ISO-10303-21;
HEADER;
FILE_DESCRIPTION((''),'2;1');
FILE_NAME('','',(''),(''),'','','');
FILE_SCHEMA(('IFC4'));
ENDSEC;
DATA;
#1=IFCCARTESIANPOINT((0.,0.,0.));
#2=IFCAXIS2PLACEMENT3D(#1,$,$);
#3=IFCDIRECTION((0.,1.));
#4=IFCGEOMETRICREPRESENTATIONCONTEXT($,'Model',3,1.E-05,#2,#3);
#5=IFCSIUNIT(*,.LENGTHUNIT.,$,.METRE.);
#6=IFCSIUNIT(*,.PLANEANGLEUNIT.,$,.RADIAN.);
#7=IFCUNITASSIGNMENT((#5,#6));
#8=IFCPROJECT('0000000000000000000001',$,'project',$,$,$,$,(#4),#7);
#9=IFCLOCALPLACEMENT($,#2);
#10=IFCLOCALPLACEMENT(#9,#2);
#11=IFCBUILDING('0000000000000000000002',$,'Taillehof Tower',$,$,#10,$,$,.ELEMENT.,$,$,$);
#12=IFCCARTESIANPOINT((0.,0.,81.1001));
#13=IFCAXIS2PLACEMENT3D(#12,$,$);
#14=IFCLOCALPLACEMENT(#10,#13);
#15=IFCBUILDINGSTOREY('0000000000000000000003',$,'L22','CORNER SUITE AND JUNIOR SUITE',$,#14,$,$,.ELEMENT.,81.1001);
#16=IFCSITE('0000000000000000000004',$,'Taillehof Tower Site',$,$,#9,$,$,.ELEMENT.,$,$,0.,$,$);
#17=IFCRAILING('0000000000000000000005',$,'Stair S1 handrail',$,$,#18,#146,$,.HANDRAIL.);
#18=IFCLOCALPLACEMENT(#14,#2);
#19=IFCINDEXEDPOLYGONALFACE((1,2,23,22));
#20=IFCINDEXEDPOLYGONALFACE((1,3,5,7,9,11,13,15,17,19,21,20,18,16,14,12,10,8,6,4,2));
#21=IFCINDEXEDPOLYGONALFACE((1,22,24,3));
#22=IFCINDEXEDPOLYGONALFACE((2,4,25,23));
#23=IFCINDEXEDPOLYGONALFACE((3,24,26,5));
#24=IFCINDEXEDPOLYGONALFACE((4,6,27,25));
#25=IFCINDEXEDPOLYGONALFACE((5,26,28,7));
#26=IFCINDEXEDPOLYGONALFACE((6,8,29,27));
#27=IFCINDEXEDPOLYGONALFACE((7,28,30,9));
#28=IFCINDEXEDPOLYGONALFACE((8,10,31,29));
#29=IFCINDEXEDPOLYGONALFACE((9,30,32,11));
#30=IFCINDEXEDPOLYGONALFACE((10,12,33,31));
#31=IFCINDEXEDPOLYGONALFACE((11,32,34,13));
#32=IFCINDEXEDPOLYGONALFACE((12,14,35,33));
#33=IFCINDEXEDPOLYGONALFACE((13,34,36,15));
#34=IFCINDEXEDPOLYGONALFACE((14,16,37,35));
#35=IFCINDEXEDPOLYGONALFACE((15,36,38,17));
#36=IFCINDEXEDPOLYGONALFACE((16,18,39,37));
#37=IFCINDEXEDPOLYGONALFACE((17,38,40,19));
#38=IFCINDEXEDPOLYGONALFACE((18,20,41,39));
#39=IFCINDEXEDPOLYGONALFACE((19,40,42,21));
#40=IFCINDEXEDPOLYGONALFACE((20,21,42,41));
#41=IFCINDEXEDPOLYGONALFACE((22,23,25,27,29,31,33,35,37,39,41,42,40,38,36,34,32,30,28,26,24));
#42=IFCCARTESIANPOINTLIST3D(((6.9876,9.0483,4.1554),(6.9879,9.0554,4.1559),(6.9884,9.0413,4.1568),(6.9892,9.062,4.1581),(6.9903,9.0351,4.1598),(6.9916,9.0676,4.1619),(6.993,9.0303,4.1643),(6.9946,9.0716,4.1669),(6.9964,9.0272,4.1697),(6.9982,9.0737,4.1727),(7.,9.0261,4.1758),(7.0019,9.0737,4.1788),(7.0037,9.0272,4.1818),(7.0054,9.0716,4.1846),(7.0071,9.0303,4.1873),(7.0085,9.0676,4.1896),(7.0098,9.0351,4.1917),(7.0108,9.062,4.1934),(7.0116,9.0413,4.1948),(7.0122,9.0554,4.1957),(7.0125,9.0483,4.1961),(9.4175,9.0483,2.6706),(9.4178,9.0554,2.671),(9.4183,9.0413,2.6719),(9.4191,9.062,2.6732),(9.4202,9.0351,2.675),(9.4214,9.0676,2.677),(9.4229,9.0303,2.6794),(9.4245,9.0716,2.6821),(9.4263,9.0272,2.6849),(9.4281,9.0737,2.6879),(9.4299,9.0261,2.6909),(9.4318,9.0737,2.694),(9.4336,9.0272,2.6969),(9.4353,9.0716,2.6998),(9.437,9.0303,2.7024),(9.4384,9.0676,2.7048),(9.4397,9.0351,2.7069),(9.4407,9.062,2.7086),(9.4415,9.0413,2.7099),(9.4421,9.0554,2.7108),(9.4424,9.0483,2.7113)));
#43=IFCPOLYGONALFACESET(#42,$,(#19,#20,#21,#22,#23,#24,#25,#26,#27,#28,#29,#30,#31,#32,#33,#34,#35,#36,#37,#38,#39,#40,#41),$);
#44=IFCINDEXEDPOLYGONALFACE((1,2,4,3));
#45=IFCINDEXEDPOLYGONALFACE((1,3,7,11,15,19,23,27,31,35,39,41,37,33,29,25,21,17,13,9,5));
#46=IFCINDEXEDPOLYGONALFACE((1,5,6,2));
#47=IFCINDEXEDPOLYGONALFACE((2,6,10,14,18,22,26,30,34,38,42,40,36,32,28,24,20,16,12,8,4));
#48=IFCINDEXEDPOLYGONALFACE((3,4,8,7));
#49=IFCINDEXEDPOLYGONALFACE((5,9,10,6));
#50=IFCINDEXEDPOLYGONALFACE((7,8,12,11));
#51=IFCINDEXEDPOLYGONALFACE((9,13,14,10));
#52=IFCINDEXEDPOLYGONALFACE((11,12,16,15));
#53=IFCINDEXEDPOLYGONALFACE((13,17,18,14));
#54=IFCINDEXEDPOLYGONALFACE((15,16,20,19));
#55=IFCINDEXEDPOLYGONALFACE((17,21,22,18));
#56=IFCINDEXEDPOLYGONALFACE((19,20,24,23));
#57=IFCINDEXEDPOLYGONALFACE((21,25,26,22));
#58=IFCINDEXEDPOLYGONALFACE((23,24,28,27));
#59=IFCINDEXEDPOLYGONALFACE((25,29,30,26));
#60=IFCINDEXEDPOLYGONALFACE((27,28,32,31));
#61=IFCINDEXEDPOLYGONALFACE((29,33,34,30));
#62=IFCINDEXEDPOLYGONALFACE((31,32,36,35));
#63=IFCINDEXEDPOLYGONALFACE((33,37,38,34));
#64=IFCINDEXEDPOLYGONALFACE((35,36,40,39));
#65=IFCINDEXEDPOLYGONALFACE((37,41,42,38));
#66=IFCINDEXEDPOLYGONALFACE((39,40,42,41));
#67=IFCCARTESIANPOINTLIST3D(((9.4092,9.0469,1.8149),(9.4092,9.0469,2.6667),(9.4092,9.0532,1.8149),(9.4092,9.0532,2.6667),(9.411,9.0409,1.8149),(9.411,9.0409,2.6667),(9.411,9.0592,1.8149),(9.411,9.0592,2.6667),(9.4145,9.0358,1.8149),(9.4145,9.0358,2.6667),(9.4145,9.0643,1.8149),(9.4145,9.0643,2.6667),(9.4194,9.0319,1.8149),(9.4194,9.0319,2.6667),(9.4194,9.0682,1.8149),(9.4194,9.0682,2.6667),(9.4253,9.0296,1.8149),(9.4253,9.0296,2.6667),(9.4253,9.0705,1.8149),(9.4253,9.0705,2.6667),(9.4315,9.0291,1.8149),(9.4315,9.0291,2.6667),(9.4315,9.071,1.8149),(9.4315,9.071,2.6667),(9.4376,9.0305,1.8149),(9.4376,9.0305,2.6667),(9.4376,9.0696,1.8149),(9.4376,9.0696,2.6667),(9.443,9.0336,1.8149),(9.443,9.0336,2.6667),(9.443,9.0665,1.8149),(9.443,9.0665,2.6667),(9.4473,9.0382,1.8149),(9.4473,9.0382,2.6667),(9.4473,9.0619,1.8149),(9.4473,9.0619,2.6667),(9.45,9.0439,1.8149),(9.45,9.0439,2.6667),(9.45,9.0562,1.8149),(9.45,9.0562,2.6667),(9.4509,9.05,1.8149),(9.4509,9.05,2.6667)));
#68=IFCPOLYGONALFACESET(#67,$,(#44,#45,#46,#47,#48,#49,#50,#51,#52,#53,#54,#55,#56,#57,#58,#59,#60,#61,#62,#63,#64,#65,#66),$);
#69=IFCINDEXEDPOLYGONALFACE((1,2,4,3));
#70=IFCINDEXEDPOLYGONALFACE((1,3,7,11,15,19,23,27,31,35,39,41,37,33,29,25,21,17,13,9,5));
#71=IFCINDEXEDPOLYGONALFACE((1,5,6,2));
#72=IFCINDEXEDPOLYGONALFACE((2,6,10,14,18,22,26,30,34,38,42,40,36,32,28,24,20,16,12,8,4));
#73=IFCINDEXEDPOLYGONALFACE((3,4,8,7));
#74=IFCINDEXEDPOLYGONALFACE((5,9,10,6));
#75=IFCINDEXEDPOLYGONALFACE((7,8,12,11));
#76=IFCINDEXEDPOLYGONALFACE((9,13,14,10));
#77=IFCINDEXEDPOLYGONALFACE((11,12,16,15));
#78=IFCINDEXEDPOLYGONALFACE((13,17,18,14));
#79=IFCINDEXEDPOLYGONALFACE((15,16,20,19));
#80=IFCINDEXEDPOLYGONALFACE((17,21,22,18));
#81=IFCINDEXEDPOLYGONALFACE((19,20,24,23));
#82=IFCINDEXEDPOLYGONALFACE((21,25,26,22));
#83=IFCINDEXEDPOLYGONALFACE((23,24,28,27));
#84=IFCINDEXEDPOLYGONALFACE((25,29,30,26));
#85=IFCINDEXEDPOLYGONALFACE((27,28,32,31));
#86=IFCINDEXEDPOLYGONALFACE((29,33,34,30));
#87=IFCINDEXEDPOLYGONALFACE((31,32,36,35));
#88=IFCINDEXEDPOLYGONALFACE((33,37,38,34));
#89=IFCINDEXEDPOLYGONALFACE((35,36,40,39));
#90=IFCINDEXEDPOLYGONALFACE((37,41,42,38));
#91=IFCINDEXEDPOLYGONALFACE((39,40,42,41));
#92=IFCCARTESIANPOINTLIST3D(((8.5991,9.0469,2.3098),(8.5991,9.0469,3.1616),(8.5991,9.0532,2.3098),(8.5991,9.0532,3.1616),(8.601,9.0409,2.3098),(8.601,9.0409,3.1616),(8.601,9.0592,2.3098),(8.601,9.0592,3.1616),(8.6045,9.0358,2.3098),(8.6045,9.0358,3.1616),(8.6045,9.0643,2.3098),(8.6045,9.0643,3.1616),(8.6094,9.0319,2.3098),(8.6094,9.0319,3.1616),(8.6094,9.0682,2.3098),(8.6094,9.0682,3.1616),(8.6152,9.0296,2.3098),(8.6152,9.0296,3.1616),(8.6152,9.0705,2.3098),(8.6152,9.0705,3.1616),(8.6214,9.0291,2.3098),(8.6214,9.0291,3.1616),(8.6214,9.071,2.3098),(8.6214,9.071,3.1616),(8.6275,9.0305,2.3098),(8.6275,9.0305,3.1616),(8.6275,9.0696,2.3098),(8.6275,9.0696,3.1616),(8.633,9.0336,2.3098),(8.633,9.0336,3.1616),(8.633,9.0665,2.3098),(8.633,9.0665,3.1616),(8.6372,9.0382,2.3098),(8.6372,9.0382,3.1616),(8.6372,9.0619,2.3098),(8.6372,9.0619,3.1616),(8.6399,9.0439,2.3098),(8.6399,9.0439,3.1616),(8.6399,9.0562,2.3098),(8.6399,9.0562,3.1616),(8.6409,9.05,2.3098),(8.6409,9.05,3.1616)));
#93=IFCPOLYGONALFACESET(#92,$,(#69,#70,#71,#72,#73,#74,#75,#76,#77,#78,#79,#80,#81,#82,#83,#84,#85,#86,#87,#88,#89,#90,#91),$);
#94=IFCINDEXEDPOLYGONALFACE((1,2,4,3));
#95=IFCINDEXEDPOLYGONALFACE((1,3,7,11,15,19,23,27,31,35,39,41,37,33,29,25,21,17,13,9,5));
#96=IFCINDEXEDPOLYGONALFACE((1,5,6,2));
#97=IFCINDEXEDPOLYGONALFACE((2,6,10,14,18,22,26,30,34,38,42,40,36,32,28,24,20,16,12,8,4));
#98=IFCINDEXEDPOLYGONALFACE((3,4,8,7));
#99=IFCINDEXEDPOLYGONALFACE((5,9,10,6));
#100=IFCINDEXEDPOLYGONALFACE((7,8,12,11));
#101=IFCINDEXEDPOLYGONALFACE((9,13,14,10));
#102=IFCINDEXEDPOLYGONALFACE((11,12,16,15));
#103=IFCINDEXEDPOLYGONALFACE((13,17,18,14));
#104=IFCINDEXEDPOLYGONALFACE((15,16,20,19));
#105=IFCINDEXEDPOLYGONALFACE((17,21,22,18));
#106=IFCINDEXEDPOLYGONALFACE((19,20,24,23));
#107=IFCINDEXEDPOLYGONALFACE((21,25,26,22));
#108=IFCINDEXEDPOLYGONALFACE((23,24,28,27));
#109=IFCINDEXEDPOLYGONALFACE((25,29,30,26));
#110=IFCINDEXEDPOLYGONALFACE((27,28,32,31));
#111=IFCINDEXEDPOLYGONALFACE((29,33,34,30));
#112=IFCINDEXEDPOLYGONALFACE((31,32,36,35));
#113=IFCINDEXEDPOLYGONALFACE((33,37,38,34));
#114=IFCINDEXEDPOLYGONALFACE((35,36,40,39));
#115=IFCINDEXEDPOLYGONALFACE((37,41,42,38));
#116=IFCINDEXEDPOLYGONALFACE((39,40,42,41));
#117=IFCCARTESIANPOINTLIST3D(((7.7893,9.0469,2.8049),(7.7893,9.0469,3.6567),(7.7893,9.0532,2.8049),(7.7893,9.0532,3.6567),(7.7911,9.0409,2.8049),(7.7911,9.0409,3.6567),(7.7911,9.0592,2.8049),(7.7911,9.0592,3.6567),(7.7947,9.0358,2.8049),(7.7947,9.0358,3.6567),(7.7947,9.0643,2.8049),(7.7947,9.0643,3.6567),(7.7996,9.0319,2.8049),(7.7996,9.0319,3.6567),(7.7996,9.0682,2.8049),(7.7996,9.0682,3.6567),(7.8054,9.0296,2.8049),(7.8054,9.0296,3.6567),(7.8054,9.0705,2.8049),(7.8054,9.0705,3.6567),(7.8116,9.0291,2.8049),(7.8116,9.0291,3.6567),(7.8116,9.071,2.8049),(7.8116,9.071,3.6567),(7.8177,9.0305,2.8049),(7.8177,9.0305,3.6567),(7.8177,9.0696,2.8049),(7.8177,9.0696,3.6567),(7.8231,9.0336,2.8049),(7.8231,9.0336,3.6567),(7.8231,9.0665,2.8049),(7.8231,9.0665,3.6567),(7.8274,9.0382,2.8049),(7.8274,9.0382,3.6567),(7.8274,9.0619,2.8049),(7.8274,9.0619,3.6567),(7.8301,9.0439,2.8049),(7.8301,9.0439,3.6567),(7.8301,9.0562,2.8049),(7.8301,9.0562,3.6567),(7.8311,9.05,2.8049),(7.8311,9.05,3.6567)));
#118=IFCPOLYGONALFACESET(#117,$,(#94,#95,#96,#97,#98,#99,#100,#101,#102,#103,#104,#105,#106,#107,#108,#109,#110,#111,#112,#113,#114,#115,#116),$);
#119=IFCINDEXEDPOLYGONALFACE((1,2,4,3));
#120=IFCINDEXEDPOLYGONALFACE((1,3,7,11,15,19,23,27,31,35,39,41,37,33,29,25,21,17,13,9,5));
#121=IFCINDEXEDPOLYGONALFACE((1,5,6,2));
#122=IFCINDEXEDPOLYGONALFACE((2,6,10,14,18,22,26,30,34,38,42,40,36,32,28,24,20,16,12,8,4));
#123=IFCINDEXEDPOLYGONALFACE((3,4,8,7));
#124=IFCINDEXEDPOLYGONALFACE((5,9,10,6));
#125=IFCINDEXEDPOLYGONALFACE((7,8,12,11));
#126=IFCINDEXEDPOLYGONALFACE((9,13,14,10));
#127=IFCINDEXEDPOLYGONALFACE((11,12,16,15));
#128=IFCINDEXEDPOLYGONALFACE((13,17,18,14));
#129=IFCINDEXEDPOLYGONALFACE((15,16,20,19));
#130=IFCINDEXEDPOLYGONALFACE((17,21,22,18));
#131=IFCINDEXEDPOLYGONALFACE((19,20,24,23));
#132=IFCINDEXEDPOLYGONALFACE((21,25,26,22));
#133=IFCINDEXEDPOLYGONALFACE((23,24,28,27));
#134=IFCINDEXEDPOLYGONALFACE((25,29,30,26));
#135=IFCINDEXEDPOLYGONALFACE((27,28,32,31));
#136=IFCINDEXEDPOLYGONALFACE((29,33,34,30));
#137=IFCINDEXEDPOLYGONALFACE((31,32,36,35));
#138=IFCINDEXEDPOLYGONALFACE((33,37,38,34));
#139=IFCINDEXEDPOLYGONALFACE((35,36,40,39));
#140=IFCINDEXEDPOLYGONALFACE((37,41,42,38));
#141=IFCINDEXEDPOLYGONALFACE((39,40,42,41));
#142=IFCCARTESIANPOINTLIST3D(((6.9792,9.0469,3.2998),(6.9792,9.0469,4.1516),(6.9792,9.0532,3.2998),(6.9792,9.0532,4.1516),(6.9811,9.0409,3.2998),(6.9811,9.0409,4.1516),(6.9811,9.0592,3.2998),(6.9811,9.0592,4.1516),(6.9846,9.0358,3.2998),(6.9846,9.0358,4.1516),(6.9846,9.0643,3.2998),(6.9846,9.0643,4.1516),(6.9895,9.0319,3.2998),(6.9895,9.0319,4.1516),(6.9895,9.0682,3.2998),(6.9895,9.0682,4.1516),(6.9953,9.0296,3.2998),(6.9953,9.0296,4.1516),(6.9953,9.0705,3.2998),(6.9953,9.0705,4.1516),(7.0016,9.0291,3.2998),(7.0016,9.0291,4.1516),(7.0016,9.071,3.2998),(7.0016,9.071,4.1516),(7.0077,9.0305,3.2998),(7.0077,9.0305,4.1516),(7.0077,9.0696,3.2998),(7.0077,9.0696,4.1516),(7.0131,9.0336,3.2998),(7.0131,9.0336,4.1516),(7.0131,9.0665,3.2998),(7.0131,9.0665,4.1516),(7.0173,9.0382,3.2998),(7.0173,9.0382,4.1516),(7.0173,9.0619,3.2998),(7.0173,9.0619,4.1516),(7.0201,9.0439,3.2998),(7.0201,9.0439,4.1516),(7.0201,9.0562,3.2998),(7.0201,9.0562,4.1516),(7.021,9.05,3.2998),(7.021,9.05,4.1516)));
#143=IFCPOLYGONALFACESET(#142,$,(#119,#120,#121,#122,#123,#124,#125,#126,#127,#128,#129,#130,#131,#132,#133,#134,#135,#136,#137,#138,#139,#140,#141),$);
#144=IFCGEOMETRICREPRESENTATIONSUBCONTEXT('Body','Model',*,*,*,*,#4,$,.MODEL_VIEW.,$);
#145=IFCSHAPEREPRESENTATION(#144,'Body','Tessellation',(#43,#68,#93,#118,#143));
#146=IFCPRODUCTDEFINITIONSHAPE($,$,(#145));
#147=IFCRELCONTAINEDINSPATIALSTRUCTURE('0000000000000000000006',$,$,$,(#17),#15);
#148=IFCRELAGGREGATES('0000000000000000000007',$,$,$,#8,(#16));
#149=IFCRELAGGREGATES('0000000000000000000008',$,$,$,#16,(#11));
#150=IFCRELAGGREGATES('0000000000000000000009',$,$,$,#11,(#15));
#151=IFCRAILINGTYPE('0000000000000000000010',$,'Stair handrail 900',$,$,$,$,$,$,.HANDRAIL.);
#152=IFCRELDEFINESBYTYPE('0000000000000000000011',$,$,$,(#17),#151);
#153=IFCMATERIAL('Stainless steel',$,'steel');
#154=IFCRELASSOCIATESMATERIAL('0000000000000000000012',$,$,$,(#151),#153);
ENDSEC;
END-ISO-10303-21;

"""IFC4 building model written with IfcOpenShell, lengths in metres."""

from ifc_helpers import new_model, si_unit, direction, frame, origin, origin_2d, place, context, subcontext, project, spatial, circle, extrude, material, type_object, element, save


model = new_model("IFC4")

# Units and contexts
model_context = context("Model", 3, precision=1e-05, world=origin(), true_north=direction((0.0, 1.0)))
body_context = subcontext(model_context, "Body", "Model", "MODEL_VIEW")
ifc_project = project(units=[si_unit("LENGTHUNIT", "METRE"), si_unit("PLANEANGLEUNIT", "RADIAN")], contexts=[model_context])

# Site, building, storey
site_placement = place(None, origin())
site = spatial("IfcSite", under=ifc_project, at=site_placement, Name="Taillehof Tower Site", CompositionType="ELEMENT", RefElevation=0.0)
building_placement = place(site_placement, origin())
building = spatial("IfcBuilding", under=site, at=building_placement, Name="Taillehof Tower", CompositionType="ELEMENT")
storey_placement = place(building_placement, frame((0.0, 0.0, 81.1001)))
storey = spatial("IfcBuildingStorey", under=building, at=storey_placement, Name="L22", Description="CORNER SUITE AND JUNIOR SUITE", CompositionType="ELEMENT", Elevation=81.1001)

# Railing
ifc_material_1 = material(Name="Stainless steel", Category="steel")
railing_type = type_object("IfcRailingType", Name="Stair handrail 900", PredefinedType="HANDRAIL", material=ifc_material_1)
railing_placement = place(storey_placement, frame((9.4299, 9.05, 1.8149)))
element("IfcRailing", 1, at=railing_placement, inside=storey, type_object=railing_type, Name="Stair S1 handrail", PredefinedType="HANDRAIL", context=body_context, shape_type="SweptSolid", body=[
    extrude(circle(Radius=0.0239, at=origin_2d()), frame((0.0, 0.0, 0.876), z_axis=(-0.853297, 0.0, 0.521426), x_axis=(0.0, -1.0, 0.0)), (0.0, 0.0, 1.0), 2.8477),
    extrude(circle(Radius=0.021, at=origin_2d()), origin(), (0.0, 0.0, 1.0), 0.8518),
    extrude(circle(Radius=0.021, at=origin_2d()), frame((-0.8101, 0.0, 0.4949)), (0.0, 0.0, 1.0), 0.8518),
    extrude(circle(Radius=0.021, at=origin_2d()), frame((-1.6199, 0.0, 0.99)), (0.0, 0.0, 1.0), 0.8518),
    extrude(circle(Radius=0.021, at=origin_2d()), frame((-2.4299, 0.0, 1.4849)), (0.0, 0.0, 1.0), 0.8518),
])

save(model, "model.ifc")
